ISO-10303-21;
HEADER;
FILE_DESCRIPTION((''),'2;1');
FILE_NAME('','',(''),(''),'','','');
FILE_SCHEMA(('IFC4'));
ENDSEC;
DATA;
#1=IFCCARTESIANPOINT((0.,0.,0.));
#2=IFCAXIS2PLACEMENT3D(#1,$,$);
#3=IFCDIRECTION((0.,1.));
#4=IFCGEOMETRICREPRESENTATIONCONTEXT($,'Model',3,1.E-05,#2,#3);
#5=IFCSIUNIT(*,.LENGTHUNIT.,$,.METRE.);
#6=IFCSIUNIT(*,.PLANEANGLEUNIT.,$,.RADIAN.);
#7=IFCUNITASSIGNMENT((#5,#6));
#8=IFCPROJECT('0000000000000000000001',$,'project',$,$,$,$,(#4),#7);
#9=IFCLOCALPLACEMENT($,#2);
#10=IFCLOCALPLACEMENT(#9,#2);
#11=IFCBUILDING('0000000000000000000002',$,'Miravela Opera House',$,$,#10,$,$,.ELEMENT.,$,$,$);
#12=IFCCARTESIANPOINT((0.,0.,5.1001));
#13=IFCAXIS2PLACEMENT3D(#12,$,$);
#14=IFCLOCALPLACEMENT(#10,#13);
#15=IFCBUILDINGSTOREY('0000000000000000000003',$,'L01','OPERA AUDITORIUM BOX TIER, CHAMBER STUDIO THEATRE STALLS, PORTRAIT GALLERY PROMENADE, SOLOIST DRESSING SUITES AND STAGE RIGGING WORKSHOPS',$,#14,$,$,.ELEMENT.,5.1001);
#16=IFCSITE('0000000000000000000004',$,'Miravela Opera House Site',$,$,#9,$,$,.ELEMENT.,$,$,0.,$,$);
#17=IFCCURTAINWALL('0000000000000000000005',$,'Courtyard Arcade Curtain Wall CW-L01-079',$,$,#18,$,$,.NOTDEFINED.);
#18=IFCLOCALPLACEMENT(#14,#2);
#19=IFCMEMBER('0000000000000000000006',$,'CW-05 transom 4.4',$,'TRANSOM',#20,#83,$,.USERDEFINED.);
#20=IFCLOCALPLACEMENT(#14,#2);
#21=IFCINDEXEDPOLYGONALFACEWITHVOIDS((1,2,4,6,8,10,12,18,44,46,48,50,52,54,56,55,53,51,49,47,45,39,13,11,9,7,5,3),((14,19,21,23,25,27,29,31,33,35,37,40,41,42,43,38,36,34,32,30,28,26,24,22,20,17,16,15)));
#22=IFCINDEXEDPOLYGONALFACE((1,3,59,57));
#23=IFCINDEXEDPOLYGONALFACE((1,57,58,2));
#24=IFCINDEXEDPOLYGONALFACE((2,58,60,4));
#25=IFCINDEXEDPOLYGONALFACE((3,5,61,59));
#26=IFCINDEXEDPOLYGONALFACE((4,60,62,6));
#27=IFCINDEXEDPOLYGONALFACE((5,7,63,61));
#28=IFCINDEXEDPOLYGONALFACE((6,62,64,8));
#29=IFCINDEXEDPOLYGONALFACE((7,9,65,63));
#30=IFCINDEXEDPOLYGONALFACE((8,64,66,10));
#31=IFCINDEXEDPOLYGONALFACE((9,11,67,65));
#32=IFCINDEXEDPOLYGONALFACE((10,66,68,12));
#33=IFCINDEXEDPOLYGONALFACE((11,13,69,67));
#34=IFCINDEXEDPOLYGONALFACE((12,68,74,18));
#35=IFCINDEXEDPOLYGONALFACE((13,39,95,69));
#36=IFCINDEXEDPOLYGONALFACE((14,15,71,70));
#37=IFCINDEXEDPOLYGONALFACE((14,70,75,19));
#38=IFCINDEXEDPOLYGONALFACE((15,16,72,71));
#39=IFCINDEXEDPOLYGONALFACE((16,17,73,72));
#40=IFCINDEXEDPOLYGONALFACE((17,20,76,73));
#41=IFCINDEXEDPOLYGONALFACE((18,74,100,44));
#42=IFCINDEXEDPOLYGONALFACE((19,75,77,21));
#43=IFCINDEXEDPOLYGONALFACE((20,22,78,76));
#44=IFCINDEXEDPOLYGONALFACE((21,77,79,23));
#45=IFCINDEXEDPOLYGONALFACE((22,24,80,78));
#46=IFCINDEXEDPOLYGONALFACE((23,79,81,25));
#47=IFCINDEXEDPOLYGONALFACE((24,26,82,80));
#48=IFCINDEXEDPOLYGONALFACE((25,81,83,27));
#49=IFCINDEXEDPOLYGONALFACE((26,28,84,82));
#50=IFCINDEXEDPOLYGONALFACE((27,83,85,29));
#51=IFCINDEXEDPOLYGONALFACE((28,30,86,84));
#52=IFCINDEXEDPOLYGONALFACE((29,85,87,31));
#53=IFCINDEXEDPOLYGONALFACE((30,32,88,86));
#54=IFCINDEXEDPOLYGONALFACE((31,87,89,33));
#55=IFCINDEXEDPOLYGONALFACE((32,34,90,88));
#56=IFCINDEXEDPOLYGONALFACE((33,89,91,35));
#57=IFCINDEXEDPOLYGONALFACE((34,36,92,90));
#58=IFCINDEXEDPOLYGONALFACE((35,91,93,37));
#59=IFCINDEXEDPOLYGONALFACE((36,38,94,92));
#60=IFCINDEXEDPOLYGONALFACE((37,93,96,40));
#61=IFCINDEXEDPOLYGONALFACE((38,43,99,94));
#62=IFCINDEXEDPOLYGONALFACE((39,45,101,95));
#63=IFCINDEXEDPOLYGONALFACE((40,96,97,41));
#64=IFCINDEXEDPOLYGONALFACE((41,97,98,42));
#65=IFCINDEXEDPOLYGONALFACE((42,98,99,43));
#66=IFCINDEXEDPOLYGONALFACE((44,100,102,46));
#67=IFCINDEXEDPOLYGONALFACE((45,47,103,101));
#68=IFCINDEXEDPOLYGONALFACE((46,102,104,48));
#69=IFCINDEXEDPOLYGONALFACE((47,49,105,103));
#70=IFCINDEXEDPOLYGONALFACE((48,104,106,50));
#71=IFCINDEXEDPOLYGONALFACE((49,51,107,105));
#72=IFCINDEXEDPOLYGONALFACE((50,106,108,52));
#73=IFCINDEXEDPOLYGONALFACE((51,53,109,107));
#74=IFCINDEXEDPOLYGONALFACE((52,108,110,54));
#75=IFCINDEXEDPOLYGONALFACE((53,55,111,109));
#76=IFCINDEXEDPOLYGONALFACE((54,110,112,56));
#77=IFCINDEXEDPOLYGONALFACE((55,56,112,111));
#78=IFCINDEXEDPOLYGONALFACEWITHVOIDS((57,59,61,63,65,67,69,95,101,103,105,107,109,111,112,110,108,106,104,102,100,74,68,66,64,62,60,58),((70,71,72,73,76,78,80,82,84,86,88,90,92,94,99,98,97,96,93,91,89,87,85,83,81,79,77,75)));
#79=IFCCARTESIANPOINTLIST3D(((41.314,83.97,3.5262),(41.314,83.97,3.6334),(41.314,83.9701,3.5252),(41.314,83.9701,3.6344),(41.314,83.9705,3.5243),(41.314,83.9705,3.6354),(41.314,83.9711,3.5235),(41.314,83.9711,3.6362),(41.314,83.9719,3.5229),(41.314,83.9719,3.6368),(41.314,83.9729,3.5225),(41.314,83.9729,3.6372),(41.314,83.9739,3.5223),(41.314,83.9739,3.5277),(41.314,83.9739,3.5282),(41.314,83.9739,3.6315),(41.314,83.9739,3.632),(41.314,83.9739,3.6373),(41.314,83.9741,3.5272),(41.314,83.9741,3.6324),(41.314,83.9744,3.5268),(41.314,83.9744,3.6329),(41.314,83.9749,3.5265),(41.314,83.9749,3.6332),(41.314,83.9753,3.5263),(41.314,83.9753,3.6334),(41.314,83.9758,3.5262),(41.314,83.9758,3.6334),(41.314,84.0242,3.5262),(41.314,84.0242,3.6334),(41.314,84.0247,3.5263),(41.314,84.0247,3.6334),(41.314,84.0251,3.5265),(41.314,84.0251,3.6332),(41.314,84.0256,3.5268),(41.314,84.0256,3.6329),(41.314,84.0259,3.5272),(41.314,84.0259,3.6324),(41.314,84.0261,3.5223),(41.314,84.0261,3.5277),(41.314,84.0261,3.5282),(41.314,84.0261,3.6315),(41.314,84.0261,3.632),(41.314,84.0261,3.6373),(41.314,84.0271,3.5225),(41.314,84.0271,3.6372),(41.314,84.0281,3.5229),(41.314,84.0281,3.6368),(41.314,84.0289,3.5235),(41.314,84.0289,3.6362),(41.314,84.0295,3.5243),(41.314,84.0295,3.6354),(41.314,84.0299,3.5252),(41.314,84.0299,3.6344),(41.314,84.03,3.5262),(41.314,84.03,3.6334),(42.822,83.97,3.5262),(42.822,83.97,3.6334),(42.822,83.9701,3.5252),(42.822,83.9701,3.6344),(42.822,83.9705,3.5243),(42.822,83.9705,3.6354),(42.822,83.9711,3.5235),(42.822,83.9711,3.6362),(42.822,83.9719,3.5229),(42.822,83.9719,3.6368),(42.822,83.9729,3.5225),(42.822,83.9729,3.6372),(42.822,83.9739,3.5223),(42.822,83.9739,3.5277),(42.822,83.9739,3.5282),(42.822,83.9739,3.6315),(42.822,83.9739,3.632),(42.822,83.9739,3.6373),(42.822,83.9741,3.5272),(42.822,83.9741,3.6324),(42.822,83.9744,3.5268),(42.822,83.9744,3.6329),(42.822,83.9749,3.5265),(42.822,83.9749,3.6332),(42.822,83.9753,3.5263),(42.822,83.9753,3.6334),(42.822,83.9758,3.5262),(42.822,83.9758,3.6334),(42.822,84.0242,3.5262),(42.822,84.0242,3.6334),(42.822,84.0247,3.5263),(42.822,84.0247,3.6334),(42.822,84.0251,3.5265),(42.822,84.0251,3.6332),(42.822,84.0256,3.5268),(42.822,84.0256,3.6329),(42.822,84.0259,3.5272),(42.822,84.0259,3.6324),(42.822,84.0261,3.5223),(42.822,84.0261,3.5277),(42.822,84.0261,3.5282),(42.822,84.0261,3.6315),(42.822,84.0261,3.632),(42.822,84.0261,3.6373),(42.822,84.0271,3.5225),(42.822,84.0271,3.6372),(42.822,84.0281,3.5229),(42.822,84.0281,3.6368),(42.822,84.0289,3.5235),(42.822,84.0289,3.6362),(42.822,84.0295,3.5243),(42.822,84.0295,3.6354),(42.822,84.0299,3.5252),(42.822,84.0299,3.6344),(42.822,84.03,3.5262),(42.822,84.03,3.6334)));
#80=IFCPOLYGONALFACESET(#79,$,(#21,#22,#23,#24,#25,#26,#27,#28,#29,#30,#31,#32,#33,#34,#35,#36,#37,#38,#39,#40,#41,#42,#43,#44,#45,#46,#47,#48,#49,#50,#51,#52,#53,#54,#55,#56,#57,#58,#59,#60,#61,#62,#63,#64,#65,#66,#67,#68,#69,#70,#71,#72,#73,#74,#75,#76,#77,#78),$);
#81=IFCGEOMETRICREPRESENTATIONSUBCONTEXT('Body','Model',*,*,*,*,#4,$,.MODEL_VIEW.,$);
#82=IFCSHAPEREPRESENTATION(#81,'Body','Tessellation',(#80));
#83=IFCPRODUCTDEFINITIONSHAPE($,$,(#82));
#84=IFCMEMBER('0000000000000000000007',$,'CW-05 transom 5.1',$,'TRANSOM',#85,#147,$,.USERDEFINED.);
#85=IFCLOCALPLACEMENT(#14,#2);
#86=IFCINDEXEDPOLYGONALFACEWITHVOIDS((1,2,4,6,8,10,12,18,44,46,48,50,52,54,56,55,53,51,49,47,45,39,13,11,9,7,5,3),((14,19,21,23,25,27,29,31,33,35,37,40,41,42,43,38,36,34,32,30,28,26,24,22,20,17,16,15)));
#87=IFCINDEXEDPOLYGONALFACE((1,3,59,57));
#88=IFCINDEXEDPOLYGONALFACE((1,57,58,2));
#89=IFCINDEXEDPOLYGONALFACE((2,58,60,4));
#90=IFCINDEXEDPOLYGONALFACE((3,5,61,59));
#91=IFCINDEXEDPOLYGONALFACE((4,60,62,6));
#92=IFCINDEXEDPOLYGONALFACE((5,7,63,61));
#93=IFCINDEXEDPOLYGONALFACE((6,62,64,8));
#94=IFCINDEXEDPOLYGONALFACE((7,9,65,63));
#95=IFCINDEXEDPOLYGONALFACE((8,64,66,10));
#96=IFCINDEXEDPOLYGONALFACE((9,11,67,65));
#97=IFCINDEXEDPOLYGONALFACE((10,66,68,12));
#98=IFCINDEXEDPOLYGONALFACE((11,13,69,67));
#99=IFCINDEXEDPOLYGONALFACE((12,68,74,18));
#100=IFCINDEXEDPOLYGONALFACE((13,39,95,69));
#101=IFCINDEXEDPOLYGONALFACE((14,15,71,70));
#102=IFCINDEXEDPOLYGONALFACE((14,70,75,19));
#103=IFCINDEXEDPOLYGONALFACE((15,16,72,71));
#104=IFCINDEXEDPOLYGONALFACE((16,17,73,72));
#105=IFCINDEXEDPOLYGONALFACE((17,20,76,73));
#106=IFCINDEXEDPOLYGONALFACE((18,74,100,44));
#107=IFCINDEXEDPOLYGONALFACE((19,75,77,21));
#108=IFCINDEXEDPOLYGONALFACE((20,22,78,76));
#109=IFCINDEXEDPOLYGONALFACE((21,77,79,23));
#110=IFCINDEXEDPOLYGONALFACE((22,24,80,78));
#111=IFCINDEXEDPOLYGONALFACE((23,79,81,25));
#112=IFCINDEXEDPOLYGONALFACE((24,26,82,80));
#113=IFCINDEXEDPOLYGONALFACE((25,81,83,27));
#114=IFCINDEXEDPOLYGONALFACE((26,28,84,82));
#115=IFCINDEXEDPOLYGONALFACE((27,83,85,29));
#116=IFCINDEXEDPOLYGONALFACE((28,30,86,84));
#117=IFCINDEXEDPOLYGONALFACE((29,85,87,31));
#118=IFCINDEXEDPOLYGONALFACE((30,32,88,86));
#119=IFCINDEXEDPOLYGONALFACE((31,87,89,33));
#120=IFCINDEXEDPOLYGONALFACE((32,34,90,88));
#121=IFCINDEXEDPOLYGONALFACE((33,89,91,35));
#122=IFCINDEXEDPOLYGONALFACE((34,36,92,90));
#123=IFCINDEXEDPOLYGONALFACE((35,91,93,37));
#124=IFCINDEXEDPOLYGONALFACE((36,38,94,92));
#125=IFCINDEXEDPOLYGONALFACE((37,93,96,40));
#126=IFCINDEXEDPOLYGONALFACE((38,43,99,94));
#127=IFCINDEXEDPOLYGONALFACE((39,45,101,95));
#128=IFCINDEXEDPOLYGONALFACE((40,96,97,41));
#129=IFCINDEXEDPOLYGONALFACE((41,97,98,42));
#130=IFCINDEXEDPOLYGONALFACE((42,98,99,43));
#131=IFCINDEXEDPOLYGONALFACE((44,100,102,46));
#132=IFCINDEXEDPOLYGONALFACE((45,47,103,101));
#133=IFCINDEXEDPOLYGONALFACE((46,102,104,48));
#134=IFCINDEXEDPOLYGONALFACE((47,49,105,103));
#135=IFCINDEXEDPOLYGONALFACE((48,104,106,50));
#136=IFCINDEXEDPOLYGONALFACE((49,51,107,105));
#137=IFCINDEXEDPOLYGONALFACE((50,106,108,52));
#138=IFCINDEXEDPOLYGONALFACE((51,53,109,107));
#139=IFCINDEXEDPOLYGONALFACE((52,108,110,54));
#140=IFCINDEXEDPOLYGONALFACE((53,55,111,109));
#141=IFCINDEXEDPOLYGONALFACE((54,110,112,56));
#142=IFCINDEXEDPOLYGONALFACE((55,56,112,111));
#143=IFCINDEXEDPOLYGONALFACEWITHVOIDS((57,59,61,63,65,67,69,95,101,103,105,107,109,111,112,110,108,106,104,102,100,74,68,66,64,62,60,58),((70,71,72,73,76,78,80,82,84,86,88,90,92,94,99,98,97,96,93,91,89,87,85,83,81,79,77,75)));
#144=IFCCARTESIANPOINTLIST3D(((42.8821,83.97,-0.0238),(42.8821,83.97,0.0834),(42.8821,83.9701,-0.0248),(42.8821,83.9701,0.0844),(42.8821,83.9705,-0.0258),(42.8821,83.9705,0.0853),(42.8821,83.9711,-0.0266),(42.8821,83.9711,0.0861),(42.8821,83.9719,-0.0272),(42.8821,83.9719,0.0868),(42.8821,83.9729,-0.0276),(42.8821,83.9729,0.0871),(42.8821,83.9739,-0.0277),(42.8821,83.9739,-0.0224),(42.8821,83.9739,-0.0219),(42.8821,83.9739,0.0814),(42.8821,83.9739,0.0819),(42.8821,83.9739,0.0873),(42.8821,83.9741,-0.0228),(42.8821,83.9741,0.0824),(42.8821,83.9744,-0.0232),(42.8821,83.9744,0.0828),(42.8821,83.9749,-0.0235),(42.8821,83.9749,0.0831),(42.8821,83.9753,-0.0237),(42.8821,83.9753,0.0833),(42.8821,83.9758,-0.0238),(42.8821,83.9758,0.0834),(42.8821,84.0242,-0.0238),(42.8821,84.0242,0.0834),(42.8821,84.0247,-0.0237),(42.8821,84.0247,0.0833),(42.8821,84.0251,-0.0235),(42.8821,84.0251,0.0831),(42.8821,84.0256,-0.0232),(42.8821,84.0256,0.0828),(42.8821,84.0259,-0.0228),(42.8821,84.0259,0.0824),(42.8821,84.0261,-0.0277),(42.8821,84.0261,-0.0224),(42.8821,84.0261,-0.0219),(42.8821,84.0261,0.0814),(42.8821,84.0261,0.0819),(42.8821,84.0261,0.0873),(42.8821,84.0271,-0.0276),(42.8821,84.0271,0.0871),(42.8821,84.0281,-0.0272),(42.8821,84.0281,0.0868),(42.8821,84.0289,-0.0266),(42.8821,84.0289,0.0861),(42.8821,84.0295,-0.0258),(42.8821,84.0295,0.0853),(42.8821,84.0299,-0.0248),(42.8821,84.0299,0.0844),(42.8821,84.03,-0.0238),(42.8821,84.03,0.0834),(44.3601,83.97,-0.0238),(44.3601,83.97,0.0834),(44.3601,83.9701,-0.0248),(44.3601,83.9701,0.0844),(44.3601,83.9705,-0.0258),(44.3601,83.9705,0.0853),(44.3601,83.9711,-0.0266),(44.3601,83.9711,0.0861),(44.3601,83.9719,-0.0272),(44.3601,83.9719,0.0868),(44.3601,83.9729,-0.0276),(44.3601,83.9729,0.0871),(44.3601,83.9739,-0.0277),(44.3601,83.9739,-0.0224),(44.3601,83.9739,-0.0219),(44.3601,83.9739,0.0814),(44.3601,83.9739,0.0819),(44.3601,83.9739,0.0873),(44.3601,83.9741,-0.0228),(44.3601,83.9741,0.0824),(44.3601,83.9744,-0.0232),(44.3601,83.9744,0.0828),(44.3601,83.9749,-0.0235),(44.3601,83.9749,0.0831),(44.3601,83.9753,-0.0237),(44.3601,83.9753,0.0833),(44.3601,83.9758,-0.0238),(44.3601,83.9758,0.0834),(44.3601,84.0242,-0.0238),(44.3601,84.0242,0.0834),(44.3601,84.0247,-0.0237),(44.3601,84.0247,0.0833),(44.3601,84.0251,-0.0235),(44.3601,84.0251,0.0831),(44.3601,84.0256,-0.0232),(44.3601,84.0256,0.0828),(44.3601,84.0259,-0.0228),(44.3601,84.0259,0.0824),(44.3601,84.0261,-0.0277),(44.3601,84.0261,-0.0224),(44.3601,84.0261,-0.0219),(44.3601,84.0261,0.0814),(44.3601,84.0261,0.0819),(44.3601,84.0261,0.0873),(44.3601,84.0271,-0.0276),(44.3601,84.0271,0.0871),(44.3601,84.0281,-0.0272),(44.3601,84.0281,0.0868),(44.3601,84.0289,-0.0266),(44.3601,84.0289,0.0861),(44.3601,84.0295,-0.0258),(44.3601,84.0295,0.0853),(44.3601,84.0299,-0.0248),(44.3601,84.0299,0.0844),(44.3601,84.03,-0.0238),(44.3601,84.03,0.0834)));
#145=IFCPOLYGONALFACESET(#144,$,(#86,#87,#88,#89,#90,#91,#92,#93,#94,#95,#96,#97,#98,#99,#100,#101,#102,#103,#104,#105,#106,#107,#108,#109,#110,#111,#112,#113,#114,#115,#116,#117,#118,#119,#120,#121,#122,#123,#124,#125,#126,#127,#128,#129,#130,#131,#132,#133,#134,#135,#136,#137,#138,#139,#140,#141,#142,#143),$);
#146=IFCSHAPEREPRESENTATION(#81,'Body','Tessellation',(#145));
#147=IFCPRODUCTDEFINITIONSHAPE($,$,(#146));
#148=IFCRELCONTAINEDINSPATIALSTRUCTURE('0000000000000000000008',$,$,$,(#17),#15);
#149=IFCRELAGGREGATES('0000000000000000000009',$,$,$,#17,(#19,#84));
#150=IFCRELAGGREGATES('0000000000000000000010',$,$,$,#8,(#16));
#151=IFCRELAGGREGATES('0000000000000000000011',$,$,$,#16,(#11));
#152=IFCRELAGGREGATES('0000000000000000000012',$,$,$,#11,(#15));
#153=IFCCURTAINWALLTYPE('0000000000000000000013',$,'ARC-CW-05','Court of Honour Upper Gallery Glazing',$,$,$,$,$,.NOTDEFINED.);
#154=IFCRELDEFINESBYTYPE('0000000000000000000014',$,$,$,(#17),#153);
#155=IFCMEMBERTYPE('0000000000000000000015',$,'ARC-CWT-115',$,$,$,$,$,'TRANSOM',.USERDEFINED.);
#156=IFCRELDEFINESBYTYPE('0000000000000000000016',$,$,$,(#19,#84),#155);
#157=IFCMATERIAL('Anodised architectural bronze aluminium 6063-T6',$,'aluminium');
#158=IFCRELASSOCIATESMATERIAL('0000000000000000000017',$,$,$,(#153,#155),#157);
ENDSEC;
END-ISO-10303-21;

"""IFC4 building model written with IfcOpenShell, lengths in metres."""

from ifc_helpers import new_model, si_unit, direction, frame, origin, origin_2d, place, context, subcontext, project, spatial, hollow_rectangle, extrude, material, material_profile, profile_set, type_object, element, aggregate, save


model = new_model("IFC4")

# Units and contexts
model_context = context("Model", 3, precision=1e-05, world=origin(), true_north=direction((0.0, 1.0)))
body_context = subcontext(model_context, "Body", "Model", "MODEL_VIEW")
ifc_project = project(units=[si_unit("LENGTHUNIT", "METRE"), si_unit("PLANEANGLEUNIT", "RADIAN")], contexts=[model_context])

# Site, building, storey
site_placement = place(None, origin())
site = spatial("IfcSite", under=ifc_project, at=site_placement, Name="Miravela Opera House Site", CompositionType="ELEMENT", RefElevation=0.0)
building_placement = place(site_placement, origin())
building = spatial("IfcBuilding", under=site, at=building_placement, Name="Miravela Opera House", CompositionType="ELEMENT")
storey_placement = place(building_placement, frame((0.0, 0.0, 5.1001)))
storey = spatial("IfcBuildingStorey", under=building, at=storey_placement, Name="L01", Description="OPERA AUDITORIUM BOX TIER, CHAMBER STUDIO THEATRE STALLS, PORTRAIT GALLERY PROMENADE, SOLOIST DRESSING SUITES AND STAGE RIGGING WORKSHOPS", CompositionType="ELEMENT", Elevation=5.1001)

# Curtain wall, members
ifc_material_1 = material(Name="Anodised architectural bronze aluminium 6063-T6", Category="aluminium")
curtain_wall_type = type_object("IfcCurtainWallType", Name="ARC-CW-05", Description="Court of Honour Upper Gallery Glazing", PredefinedType="NOTDEFINED", material=ifc_material_1)
curtain_wall_placement = place(storey_placement, origin())
curtain_wall = element("IfcCurtainWall", 1, at=curtain_wall_placement, inside=storey, type_object=curtain_wall_type, Name="Courtyard Arcade Curtain Wall CW-L01-079", PredefinedType="NOTDEFINED")
ifc_material_profile_1 = material_profile(ifc_material_1, hollow_rectangle(XDim=0.0601, YDim=0.115, WallThickness=0.0039, InnerFilletRadius=0.002, OuterFilletRadius=0.0039, at=origin_2d()), Name="CWT-60X115")
ifc_profile_set_1 = profile_set([ifc_material_profile_1])
member_type_1 = type_object("IfcMemberType", Name="ARC-CWT-115", ElementType="TRANSOM", PredefinedType="USERDEFINED", material=ifc_profile_set_1)
member_1_placement = place(storey_placement, frame((41.314, 84.0, 3.5798), z_axis=(1.0, 0.0, 0.0), x_axis=(0.0, 1.0, 0.0)))
member_1 = element("IfcMember", 2, at=member_1_placement, type_object=member_type_1, Name="CW-05 transom 4.4", ObjectType="TRANSOM", PredefinedType="USERDEFINED", context=body_context, shape_type="SweptSolid", body=[
    extrude(hollow_rectangle(XDim=0.0601, YDim=0.115, WallThickness=0.0039, InnerFilletRadius=0.002, OuterFilletRadius=0.0039, at=origin_2d()), origin(), (0.0, 0.0, 1.0), 1.5081),
])
member_2_placement = place(storey_placement, frame((42.8821, 84.0, 0.0298), z_axis=(1.0, 0.0, 0.0), x_axis=(0.0, 1.0, 0.0)))
member_2 = element("IfcMember", 3, at=member_2_placement, type_object=member_type_1, Name="CW-05 transom 5.1", ObjectType="TRANSOM", PredefinedType="USERDEFINED", context=body_context, shape_type="SweptSolid", body=[
    extrude(hollow_rectangle(XDim=0.0601, YDim=0.115, WallThickness=0.0039, InnerFilletRadius=0.002, OuterFilletRadius=0.0039, at=origin_2d()), origin(), (0.0, 0.0, 1.0), 1.478),
])
aggregate(curtain_wall, [member_1, member_2])

save(model, "model.ifc")
